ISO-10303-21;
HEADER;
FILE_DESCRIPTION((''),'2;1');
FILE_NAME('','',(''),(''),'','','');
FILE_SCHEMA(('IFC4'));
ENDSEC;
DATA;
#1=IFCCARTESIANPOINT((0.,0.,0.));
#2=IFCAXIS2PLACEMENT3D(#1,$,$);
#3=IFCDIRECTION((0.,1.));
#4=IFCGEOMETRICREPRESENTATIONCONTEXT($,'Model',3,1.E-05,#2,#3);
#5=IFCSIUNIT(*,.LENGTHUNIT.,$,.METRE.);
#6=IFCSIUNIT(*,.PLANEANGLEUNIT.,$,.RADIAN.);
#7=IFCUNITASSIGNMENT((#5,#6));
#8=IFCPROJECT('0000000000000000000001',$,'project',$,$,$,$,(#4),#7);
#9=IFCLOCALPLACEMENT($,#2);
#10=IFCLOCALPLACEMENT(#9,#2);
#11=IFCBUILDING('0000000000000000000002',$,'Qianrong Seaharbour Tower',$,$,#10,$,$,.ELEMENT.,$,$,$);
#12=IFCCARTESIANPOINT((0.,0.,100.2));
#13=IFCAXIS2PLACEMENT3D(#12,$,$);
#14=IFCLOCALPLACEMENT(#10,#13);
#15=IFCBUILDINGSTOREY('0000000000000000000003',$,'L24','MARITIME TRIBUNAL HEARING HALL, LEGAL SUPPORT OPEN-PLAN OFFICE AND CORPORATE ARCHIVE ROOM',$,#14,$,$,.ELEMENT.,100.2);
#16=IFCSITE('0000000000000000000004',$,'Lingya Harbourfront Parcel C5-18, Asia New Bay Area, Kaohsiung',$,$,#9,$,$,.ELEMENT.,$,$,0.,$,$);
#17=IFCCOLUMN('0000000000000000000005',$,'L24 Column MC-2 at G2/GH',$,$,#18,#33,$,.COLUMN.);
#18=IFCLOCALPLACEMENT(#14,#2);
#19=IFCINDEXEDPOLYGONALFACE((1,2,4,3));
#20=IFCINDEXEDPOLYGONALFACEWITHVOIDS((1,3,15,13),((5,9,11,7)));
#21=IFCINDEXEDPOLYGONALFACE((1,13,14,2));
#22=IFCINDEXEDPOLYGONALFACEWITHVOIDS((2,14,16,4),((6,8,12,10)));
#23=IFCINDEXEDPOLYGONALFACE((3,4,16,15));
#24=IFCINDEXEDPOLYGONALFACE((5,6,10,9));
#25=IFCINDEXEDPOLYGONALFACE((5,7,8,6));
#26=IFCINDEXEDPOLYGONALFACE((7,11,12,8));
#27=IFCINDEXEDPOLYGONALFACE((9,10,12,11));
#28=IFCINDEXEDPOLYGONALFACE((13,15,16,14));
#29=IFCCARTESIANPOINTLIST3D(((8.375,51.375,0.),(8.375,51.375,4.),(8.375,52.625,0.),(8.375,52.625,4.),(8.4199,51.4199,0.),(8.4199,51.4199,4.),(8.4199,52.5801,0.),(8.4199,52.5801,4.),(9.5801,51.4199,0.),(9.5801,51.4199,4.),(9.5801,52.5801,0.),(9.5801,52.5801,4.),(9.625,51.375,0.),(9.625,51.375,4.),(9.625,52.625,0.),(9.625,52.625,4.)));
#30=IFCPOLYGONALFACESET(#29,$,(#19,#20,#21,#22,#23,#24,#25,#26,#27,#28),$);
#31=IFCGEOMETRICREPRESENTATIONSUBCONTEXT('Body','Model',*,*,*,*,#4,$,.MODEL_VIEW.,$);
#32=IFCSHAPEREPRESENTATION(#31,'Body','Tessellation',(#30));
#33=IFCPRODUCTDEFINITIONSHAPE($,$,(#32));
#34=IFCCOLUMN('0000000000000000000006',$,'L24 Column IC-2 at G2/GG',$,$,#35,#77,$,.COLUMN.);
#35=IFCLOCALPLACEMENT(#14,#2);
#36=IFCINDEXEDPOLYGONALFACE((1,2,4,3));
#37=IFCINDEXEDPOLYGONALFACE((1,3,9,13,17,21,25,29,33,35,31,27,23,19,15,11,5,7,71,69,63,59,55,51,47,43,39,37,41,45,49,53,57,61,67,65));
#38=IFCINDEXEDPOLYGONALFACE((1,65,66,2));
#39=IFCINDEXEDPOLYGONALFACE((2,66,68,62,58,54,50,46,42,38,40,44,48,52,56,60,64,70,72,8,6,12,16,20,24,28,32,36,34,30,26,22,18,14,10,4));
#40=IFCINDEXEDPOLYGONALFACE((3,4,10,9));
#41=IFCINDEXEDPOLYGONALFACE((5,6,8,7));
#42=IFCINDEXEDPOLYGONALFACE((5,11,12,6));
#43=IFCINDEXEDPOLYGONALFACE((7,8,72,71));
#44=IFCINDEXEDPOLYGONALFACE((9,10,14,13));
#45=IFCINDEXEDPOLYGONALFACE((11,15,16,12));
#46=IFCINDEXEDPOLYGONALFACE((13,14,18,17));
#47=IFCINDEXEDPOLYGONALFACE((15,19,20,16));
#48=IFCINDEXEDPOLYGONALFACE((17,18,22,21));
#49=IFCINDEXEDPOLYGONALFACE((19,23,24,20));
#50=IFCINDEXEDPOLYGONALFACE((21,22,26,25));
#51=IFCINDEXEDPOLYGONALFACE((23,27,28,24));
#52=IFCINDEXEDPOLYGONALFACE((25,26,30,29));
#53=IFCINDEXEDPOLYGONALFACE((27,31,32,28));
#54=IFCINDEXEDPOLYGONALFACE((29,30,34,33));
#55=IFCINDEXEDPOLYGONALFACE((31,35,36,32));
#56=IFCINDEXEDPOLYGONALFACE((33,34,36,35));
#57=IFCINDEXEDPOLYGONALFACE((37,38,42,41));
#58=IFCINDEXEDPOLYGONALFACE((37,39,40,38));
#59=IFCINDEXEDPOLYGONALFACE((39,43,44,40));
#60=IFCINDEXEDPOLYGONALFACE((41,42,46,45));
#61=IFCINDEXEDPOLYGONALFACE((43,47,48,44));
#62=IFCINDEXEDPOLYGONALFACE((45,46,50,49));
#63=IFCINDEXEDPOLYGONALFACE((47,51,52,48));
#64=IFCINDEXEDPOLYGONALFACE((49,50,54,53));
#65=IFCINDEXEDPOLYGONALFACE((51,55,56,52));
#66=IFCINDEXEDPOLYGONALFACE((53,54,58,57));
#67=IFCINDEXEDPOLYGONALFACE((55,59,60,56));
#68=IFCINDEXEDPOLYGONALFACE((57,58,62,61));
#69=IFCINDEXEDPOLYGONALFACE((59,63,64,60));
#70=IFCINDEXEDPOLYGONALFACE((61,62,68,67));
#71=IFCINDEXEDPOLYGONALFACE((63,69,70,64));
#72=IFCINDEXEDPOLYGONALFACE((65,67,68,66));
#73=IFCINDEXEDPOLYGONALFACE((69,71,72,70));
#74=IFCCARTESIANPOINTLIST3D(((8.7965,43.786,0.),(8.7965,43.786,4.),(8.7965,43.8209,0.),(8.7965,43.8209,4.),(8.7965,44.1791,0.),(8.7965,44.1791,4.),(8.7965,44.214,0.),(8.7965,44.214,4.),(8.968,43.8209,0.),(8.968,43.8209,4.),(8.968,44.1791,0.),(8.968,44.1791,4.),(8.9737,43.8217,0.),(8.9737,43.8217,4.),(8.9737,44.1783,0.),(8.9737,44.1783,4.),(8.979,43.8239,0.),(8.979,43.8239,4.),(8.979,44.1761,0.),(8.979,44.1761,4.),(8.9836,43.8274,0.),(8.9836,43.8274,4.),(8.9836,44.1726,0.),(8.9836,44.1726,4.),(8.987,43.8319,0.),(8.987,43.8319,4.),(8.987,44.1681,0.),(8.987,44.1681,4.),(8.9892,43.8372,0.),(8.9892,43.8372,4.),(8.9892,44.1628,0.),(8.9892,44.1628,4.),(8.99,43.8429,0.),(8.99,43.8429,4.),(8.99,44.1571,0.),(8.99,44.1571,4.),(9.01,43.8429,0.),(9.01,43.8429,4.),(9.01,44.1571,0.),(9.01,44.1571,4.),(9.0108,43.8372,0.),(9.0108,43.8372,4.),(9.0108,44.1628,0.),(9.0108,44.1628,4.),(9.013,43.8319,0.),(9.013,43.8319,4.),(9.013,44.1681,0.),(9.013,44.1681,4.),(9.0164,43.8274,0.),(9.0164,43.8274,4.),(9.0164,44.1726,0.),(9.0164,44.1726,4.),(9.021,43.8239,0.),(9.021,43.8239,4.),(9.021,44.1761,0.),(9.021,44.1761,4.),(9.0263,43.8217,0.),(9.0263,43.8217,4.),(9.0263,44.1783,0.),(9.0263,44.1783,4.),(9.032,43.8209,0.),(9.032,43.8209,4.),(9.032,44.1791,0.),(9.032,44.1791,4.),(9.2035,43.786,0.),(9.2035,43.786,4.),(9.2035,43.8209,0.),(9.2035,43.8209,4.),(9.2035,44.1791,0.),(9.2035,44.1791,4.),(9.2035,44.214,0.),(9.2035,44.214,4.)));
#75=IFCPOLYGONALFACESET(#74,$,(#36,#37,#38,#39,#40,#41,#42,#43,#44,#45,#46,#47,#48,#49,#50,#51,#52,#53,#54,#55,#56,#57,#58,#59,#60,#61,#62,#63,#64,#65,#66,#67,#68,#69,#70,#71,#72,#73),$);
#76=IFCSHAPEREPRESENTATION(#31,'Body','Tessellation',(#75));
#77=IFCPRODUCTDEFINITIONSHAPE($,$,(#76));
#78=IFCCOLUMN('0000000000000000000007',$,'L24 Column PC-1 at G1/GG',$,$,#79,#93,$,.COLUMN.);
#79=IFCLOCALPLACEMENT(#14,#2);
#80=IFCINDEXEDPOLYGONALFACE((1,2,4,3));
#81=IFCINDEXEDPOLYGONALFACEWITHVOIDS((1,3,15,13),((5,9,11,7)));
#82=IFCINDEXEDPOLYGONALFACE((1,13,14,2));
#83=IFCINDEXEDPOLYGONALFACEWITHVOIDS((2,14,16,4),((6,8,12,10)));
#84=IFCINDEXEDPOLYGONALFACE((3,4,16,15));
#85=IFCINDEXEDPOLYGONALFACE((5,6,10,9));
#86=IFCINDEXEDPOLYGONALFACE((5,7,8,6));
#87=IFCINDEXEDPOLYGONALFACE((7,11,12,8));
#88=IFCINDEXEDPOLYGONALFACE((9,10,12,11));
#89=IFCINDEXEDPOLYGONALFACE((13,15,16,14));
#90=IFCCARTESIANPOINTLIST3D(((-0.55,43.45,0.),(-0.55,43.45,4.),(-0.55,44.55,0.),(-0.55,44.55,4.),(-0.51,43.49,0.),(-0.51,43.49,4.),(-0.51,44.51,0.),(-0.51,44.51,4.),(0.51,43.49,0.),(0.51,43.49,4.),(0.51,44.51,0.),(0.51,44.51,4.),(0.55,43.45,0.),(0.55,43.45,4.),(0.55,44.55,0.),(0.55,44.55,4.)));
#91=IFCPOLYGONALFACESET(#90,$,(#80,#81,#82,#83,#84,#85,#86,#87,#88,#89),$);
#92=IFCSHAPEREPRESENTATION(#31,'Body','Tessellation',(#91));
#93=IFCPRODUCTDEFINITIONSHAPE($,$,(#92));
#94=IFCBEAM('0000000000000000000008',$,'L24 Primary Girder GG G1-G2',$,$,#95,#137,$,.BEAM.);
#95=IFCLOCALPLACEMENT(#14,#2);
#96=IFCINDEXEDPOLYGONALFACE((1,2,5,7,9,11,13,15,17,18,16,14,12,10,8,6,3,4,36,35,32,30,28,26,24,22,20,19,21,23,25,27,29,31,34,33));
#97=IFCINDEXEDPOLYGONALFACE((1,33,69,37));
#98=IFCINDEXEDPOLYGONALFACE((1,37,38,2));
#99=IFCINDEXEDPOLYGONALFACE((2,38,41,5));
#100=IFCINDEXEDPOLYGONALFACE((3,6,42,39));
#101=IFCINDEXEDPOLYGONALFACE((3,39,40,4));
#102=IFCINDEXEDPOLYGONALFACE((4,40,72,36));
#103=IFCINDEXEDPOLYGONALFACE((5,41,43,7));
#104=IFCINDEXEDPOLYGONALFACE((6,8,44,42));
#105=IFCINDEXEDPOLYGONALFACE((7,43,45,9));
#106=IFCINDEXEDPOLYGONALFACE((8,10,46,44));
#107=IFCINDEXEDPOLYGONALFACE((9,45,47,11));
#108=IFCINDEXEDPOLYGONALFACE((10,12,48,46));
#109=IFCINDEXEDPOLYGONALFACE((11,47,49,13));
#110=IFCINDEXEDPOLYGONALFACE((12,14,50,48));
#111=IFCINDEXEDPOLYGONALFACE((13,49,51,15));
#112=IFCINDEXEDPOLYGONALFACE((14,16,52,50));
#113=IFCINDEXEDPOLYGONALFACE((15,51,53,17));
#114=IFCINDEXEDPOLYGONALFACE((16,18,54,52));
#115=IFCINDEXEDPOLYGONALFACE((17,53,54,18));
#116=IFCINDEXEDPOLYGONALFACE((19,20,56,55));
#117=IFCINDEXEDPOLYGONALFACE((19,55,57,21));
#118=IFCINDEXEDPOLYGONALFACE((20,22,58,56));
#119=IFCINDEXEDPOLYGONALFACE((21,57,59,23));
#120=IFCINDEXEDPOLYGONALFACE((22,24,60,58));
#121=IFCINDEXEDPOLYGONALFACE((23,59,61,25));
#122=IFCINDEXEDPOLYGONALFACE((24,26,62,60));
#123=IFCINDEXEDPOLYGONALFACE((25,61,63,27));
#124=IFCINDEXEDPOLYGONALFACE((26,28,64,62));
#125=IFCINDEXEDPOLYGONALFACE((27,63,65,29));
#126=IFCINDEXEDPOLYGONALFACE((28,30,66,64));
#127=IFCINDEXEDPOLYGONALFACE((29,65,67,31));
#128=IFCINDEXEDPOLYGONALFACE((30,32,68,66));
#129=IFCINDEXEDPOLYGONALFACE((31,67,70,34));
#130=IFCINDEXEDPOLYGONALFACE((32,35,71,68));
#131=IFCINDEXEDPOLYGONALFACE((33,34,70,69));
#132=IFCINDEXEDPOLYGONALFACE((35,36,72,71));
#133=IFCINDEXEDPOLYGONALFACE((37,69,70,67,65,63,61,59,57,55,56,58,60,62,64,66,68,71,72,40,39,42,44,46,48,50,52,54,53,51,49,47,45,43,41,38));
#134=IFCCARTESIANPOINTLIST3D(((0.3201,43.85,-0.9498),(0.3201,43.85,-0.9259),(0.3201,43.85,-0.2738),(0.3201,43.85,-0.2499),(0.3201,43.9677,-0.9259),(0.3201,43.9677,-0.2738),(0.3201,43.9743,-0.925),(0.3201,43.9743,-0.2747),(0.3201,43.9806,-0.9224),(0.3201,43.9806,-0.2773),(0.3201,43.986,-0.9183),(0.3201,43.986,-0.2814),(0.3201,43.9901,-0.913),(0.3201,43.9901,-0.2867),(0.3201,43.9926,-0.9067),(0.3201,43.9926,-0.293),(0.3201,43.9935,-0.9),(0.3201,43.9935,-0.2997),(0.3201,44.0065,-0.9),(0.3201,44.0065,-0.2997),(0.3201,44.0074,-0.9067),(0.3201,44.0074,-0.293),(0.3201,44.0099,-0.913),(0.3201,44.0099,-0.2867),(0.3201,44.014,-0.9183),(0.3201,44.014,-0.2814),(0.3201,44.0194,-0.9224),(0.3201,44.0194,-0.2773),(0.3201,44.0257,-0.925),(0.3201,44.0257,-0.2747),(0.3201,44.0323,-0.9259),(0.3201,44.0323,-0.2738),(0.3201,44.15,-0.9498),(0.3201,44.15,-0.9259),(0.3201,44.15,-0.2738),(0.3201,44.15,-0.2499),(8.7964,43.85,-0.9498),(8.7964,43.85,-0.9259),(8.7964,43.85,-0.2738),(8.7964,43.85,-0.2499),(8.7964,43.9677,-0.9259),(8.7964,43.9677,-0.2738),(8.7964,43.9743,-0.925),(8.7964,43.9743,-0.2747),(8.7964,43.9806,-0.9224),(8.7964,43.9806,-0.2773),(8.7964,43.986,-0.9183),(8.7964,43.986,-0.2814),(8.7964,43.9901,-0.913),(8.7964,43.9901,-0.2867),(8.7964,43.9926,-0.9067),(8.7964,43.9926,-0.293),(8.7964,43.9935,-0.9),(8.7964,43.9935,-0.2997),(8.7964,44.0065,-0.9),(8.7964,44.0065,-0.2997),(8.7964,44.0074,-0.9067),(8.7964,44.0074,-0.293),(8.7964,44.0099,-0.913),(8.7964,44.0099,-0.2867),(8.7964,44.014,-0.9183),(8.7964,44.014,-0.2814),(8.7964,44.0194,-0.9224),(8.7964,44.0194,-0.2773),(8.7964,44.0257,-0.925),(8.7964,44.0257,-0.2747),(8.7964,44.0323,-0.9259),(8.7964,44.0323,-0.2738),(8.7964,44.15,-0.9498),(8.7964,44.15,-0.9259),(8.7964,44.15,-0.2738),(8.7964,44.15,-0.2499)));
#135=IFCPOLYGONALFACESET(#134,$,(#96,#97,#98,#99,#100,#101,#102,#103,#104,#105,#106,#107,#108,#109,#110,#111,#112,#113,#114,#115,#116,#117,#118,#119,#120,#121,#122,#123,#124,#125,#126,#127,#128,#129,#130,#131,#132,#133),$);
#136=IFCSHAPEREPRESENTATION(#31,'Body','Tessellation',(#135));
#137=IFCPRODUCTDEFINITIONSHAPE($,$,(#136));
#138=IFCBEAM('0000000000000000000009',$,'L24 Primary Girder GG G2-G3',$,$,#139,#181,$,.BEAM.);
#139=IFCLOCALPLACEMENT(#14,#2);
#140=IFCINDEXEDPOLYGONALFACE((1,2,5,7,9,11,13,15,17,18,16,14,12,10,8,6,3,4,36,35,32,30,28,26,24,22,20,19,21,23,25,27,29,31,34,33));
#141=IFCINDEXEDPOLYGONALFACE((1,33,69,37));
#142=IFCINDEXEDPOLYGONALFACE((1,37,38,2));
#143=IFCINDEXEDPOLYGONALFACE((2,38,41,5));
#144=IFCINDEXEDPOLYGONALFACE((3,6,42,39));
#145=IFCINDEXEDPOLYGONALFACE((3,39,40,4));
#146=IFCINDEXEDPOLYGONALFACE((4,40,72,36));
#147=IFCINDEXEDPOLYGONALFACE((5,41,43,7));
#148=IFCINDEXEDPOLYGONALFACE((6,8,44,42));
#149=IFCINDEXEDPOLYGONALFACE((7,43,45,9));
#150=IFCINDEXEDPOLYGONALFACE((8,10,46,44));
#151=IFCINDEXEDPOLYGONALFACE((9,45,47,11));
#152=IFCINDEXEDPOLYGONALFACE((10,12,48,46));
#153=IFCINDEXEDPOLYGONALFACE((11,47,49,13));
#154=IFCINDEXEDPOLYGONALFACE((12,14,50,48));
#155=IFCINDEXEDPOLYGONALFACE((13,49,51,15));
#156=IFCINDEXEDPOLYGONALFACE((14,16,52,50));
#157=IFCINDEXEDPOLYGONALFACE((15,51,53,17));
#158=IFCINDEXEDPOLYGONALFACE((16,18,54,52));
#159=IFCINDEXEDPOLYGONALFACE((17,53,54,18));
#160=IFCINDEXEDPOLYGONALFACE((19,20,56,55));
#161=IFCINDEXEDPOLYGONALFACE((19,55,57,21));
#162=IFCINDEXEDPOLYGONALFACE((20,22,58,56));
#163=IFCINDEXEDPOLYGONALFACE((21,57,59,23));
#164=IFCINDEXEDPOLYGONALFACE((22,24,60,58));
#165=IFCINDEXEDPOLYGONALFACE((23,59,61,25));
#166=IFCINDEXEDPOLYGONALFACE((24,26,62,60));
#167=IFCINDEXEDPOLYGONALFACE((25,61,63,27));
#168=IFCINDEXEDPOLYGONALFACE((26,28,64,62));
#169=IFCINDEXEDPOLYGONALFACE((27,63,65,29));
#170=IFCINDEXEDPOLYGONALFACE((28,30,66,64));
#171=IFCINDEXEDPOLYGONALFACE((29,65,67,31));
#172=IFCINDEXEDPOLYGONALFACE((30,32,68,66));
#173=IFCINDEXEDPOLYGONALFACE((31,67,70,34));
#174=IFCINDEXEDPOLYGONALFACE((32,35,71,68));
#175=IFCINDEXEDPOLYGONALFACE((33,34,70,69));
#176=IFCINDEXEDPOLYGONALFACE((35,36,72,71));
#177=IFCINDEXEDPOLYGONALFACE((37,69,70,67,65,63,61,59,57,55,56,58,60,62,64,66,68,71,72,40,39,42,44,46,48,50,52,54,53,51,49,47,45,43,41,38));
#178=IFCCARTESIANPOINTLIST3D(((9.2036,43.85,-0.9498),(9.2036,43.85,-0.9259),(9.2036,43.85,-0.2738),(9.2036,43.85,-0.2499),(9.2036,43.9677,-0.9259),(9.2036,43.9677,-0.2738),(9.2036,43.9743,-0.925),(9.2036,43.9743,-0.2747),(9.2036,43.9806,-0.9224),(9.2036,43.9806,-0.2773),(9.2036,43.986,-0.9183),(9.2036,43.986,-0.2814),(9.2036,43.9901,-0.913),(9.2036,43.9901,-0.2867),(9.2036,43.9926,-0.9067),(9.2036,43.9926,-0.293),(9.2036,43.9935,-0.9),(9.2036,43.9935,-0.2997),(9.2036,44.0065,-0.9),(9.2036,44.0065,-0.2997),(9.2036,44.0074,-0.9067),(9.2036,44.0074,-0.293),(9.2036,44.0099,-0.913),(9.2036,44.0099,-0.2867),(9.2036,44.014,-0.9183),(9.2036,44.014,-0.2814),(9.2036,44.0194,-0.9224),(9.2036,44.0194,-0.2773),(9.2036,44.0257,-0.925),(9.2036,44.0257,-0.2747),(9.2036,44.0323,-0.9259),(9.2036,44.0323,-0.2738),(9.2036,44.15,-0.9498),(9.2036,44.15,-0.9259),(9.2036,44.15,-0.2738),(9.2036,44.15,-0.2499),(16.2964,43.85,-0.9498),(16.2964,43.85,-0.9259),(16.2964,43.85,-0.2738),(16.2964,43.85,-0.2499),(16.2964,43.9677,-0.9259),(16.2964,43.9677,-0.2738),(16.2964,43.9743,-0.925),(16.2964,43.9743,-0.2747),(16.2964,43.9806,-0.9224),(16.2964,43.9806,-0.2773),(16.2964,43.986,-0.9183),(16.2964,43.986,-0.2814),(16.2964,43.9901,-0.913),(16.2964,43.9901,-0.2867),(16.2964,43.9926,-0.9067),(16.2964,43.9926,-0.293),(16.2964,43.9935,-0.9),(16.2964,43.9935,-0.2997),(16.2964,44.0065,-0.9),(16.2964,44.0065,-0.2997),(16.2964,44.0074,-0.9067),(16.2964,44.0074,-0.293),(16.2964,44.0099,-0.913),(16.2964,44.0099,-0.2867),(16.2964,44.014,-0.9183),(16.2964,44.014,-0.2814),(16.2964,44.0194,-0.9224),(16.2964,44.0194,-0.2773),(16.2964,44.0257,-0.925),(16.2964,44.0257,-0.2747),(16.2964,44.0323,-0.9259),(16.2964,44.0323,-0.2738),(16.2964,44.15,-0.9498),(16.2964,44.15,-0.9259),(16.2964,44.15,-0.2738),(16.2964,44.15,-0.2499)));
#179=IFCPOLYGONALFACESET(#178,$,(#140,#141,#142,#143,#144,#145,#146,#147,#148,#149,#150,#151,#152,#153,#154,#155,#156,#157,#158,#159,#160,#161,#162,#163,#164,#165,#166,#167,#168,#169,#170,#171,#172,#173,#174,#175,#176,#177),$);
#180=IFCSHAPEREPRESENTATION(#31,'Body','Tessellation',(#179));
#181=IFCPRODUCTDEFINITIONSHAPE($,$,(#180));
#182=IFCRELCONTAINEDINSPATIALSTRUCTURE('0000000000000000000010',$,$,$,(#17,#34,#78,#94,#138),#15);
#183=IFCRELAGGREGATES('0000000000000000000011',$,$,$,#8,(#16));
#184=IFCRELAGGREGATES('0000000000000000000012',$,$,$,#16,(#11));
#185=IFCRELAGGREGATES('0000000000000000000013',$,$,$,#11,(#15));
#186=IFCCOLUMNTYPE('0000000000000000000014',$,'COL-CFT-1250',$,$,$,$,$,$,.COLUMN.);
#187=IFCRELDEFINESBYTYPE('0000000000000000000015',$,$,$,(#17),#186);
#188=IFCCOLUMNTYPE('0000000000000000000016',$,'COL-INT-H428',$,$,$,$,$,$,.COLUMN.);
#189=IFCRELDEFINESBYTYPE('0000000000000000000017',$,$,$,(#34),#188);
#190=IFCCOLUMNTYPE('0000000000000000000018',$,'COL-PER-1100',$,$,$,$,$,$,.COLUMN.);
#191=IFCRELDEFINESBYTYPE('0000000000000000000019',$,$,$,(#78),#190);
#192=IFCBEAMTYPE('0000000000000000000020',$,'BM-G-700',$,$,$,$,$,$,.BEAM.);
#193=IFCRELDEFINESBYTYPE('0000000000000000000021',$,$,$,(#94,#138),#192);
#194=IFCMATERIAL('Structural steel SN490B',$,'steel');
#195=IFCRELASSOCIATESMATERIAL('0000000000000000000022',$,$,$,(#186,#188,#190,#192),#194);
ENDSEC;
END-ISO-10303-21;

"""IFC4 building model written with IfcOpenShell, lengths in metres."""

from ifc_helpers import new_model, si_unit, direction, frame, origin, origin_2d, place, context, subcontext, project, spatial, hollow_rectangle, i_section, extrude, material, material_profile, profile_set, type_object, element, save


model = new_model("IFC4")

# Units and contexts
model_context = context("Model", 3, precision=1e-05, world=origin(), true_north=direction((0.0, 1.0)))
body_context = subcontext(model_context, "Body", "Model", "MODEL_VIEW")
ifc_project = project(units=[si_unit("LENGTHUNIT", "METRE"), si_unit("PLANEANGLEUNIT", "RADIAN")], contexts=[model_context])

# Site, building, storey
site_placement = place(None, origin())
site = spatial("IfcSite", under=ifc_project, at=site_placement, Name="Lingya Harbourfront Parcel C5-18, Asia New Bay Area, Kaohsiung", CompositionType="ELEMENT", RefElevation=0.0)
building_placement = place(site_placement, origin())
building = spatial("IfcBuilding", under=site, at=building_placement, Name="Qianrong Seaharbour Tower", CompositionType="ELEMENT")
storey_placement = place(building_placement, frame((0.0, 0.0, 100.2)))
storey = spatial("IfcBuildingStorey", under=building, at=storey_placement, Name="L24", Description="MARITIME TRIBUNAL HEARING HALL, LEGAL SUPPORT OPEN-PLAN OFFICE AND CORPORATE ARCHIVE ROOM", CompositionType="ELEMENT", Elevation=100.2)

# Columns
ifc_material_1 = material(Name="Structural steel SN490B", Category="steel")
ifc_material_profile_1 = material_profile(ifc_material_1, hollow_rectangle(XDim=1.25, YDim=1.25, WallThickness=0.0449, at=origin_2d()), Name="BOX1250x1250x45")
ifc_profile_set_1 = profile_set([ifc_material_profile_1], Name="Structural steel SN490B")
column_type_1 = type_object("IfcColumnType", Name="COL-CFT-1250", PredefinedType="COLUMN", material=ifc_profile_set_1)
column_1_placement = place(storey_placement, frame((9.0, 52.0, 0.0), z_axis=(0.0, 0.0, 1.0), x_axis=(1.0, 0.0, 0.0)))
element("IfcColumn", 1, at=column_1_placement, inside=storey, type_object=column_type_1, Name="L24 Column MC-2 at G2/GH", PredefinedType="COLUMN", context=body_context, shape_type="SweptSolid", body=[
    extrude(hollow_rectangle(XDim=1.25, YDim=1.25, WallThickness=0.0449, at=origin_2d()), origin(), (0.0, 0.0, 1.0), 4.0),
])
ifc_material_profile_2 = material_profile(ifc_material_1, i_section(OverallWidth=0.407, OverallDepth=0.428, WebThickness=0.02, FlangeThickness=0.0349, FilletRadius=0.022, at=origin_2d()), Name="H428x407x20x35")
ifc_profile_set_2 = profile_set([ifc_material_profile_2], Name="Structural steel SN490B")
column_type_2 = type_object("IfcColumnType", Name="COL-INT-H428", PredefinedType="COLUMN", material=ifc_profile_set_2)
column_2_placement = place(storey_placement, frame((9.0, 44.0, 0.0), z_axis=(0.0, 0.0, 1.0), x_axis=(1.0, 0.0, 0.0)))
element("IfcColumn", 2, at=column_2_placement, inside=storey, type_object=column_type_2, Name="L24 Column IC-2 at G2/GG", PredefinedType="COLUMN", context=body_context, shape_type="SweptSolid", body=[
    extrude(i_section(OverallWidth=0.407, OverallDepth=0.428, WebThickness=0.02, FlangeThickness=0.0349, FilletRadius=0.022, at=origin_2d()), origin(), (0.0, 0.0, 1.0), 4.0),
])
ifc_material_profile_3 = material_profile(ifc_material_1, hollow_rectangle(XDim=1.1001, YDim=1.1001, WallThickness=0.04, at=origin_2d()), Name="BOX1100x1100x40")
ifc_profile_set_3 = profile_set([ifc_material_profile_3], Name="Structural steel SN490B")
column_type_3 = type_object("IfcColumnType", Name="COL-PER-1100", PredefinedType="COLUMN", material=ifc_profile_set_3)
column_3_placement = place(storey_placement, frame((0.0, 44.0, 0.0), z_axis=(0.0, 0.0, 1.0), x_axis=(1.0, 0.0, 0.0)))
element("IfcColumn", 3, at=column_3_placement, inside=storey, type_object=column_type_3, Name="L24 Column PC-1 at G1/GG", PredefinedType="COLUMN", context=body_context, shape_type="SweptSolid", body=[
    extrude(hollow_rectangle(XDim=1.1001, YDim=1.1001, WallThickness=0.04, at=origin_2d()), origin(), (0.0, 0.0, 1.0), 4.0),
])

# Beams
ifc_material_profile_4 = material_profile(ifc_material_1, i_section(OverallWidth=0.3, OverallDepth=0.7, WebThickness=0.0129, FlangeThickness=0.0239, FilletRadius=0.0259, at=origin_2d()), Name="H700x300x13x24")
ifc_profile_set_4 = profile_set([ifc_material_profile_4], Name="Structural steel SN490B")
beam_type_1 = type_object("IfcBeamType", Name="BM-G-700", PredefinedType="BEAM", material=ifc_profile_set_4)
beam_1_placement = place(storey_placement, frame((0.3201, 44.0, -0.5999), z_axis=(1.0, 0.0, 0.0), x_axis=(0.0, 1.0, 0.0)))
element("IfcBeam", 4, at=beam_1_placement, inside=storey, type_object=beam_type_1, Name="L24 Primary Girder GG G1-G2", PredefinedType="BEAM", context=body_context, shape_type="SweptSolid", body=[
    extrude(i_section(OverallWidth=0.3, OverallDepth=0.7, WebThickness=0.0129, FlangeThickness=0.0239, FilletRadius=0.0259, at=origin_2d()), origin(), (0.0, 0.0, 1.0), 8.4763),
])
beam_2_placement = place(storey_placement, frame((9.2036, 44.0, -0.5999), z_axis=(1.0, 0.0, 0.0), x_axis=(0.0, 1.0, 0.0)))
element("IfcBeam", 5, at=beam_2_placement, inside=storey, type_object=beam_type_1, Name="L24 Primary Girder GG G2-G3", PredefinedType="BEAM", context=body_context, shape_type="SweptSolid", body=[
    extrude(i_section(OverallWidth=0.3, OverallDepth=0.7, WebThickness=0.0129, FlangeThickness=0.0239, FilletRadius=0.0259, at=origin_2d()), origin(), (0.0, 0.0, 1.0), 7.0928),
])

save(model, "model.ifc")
